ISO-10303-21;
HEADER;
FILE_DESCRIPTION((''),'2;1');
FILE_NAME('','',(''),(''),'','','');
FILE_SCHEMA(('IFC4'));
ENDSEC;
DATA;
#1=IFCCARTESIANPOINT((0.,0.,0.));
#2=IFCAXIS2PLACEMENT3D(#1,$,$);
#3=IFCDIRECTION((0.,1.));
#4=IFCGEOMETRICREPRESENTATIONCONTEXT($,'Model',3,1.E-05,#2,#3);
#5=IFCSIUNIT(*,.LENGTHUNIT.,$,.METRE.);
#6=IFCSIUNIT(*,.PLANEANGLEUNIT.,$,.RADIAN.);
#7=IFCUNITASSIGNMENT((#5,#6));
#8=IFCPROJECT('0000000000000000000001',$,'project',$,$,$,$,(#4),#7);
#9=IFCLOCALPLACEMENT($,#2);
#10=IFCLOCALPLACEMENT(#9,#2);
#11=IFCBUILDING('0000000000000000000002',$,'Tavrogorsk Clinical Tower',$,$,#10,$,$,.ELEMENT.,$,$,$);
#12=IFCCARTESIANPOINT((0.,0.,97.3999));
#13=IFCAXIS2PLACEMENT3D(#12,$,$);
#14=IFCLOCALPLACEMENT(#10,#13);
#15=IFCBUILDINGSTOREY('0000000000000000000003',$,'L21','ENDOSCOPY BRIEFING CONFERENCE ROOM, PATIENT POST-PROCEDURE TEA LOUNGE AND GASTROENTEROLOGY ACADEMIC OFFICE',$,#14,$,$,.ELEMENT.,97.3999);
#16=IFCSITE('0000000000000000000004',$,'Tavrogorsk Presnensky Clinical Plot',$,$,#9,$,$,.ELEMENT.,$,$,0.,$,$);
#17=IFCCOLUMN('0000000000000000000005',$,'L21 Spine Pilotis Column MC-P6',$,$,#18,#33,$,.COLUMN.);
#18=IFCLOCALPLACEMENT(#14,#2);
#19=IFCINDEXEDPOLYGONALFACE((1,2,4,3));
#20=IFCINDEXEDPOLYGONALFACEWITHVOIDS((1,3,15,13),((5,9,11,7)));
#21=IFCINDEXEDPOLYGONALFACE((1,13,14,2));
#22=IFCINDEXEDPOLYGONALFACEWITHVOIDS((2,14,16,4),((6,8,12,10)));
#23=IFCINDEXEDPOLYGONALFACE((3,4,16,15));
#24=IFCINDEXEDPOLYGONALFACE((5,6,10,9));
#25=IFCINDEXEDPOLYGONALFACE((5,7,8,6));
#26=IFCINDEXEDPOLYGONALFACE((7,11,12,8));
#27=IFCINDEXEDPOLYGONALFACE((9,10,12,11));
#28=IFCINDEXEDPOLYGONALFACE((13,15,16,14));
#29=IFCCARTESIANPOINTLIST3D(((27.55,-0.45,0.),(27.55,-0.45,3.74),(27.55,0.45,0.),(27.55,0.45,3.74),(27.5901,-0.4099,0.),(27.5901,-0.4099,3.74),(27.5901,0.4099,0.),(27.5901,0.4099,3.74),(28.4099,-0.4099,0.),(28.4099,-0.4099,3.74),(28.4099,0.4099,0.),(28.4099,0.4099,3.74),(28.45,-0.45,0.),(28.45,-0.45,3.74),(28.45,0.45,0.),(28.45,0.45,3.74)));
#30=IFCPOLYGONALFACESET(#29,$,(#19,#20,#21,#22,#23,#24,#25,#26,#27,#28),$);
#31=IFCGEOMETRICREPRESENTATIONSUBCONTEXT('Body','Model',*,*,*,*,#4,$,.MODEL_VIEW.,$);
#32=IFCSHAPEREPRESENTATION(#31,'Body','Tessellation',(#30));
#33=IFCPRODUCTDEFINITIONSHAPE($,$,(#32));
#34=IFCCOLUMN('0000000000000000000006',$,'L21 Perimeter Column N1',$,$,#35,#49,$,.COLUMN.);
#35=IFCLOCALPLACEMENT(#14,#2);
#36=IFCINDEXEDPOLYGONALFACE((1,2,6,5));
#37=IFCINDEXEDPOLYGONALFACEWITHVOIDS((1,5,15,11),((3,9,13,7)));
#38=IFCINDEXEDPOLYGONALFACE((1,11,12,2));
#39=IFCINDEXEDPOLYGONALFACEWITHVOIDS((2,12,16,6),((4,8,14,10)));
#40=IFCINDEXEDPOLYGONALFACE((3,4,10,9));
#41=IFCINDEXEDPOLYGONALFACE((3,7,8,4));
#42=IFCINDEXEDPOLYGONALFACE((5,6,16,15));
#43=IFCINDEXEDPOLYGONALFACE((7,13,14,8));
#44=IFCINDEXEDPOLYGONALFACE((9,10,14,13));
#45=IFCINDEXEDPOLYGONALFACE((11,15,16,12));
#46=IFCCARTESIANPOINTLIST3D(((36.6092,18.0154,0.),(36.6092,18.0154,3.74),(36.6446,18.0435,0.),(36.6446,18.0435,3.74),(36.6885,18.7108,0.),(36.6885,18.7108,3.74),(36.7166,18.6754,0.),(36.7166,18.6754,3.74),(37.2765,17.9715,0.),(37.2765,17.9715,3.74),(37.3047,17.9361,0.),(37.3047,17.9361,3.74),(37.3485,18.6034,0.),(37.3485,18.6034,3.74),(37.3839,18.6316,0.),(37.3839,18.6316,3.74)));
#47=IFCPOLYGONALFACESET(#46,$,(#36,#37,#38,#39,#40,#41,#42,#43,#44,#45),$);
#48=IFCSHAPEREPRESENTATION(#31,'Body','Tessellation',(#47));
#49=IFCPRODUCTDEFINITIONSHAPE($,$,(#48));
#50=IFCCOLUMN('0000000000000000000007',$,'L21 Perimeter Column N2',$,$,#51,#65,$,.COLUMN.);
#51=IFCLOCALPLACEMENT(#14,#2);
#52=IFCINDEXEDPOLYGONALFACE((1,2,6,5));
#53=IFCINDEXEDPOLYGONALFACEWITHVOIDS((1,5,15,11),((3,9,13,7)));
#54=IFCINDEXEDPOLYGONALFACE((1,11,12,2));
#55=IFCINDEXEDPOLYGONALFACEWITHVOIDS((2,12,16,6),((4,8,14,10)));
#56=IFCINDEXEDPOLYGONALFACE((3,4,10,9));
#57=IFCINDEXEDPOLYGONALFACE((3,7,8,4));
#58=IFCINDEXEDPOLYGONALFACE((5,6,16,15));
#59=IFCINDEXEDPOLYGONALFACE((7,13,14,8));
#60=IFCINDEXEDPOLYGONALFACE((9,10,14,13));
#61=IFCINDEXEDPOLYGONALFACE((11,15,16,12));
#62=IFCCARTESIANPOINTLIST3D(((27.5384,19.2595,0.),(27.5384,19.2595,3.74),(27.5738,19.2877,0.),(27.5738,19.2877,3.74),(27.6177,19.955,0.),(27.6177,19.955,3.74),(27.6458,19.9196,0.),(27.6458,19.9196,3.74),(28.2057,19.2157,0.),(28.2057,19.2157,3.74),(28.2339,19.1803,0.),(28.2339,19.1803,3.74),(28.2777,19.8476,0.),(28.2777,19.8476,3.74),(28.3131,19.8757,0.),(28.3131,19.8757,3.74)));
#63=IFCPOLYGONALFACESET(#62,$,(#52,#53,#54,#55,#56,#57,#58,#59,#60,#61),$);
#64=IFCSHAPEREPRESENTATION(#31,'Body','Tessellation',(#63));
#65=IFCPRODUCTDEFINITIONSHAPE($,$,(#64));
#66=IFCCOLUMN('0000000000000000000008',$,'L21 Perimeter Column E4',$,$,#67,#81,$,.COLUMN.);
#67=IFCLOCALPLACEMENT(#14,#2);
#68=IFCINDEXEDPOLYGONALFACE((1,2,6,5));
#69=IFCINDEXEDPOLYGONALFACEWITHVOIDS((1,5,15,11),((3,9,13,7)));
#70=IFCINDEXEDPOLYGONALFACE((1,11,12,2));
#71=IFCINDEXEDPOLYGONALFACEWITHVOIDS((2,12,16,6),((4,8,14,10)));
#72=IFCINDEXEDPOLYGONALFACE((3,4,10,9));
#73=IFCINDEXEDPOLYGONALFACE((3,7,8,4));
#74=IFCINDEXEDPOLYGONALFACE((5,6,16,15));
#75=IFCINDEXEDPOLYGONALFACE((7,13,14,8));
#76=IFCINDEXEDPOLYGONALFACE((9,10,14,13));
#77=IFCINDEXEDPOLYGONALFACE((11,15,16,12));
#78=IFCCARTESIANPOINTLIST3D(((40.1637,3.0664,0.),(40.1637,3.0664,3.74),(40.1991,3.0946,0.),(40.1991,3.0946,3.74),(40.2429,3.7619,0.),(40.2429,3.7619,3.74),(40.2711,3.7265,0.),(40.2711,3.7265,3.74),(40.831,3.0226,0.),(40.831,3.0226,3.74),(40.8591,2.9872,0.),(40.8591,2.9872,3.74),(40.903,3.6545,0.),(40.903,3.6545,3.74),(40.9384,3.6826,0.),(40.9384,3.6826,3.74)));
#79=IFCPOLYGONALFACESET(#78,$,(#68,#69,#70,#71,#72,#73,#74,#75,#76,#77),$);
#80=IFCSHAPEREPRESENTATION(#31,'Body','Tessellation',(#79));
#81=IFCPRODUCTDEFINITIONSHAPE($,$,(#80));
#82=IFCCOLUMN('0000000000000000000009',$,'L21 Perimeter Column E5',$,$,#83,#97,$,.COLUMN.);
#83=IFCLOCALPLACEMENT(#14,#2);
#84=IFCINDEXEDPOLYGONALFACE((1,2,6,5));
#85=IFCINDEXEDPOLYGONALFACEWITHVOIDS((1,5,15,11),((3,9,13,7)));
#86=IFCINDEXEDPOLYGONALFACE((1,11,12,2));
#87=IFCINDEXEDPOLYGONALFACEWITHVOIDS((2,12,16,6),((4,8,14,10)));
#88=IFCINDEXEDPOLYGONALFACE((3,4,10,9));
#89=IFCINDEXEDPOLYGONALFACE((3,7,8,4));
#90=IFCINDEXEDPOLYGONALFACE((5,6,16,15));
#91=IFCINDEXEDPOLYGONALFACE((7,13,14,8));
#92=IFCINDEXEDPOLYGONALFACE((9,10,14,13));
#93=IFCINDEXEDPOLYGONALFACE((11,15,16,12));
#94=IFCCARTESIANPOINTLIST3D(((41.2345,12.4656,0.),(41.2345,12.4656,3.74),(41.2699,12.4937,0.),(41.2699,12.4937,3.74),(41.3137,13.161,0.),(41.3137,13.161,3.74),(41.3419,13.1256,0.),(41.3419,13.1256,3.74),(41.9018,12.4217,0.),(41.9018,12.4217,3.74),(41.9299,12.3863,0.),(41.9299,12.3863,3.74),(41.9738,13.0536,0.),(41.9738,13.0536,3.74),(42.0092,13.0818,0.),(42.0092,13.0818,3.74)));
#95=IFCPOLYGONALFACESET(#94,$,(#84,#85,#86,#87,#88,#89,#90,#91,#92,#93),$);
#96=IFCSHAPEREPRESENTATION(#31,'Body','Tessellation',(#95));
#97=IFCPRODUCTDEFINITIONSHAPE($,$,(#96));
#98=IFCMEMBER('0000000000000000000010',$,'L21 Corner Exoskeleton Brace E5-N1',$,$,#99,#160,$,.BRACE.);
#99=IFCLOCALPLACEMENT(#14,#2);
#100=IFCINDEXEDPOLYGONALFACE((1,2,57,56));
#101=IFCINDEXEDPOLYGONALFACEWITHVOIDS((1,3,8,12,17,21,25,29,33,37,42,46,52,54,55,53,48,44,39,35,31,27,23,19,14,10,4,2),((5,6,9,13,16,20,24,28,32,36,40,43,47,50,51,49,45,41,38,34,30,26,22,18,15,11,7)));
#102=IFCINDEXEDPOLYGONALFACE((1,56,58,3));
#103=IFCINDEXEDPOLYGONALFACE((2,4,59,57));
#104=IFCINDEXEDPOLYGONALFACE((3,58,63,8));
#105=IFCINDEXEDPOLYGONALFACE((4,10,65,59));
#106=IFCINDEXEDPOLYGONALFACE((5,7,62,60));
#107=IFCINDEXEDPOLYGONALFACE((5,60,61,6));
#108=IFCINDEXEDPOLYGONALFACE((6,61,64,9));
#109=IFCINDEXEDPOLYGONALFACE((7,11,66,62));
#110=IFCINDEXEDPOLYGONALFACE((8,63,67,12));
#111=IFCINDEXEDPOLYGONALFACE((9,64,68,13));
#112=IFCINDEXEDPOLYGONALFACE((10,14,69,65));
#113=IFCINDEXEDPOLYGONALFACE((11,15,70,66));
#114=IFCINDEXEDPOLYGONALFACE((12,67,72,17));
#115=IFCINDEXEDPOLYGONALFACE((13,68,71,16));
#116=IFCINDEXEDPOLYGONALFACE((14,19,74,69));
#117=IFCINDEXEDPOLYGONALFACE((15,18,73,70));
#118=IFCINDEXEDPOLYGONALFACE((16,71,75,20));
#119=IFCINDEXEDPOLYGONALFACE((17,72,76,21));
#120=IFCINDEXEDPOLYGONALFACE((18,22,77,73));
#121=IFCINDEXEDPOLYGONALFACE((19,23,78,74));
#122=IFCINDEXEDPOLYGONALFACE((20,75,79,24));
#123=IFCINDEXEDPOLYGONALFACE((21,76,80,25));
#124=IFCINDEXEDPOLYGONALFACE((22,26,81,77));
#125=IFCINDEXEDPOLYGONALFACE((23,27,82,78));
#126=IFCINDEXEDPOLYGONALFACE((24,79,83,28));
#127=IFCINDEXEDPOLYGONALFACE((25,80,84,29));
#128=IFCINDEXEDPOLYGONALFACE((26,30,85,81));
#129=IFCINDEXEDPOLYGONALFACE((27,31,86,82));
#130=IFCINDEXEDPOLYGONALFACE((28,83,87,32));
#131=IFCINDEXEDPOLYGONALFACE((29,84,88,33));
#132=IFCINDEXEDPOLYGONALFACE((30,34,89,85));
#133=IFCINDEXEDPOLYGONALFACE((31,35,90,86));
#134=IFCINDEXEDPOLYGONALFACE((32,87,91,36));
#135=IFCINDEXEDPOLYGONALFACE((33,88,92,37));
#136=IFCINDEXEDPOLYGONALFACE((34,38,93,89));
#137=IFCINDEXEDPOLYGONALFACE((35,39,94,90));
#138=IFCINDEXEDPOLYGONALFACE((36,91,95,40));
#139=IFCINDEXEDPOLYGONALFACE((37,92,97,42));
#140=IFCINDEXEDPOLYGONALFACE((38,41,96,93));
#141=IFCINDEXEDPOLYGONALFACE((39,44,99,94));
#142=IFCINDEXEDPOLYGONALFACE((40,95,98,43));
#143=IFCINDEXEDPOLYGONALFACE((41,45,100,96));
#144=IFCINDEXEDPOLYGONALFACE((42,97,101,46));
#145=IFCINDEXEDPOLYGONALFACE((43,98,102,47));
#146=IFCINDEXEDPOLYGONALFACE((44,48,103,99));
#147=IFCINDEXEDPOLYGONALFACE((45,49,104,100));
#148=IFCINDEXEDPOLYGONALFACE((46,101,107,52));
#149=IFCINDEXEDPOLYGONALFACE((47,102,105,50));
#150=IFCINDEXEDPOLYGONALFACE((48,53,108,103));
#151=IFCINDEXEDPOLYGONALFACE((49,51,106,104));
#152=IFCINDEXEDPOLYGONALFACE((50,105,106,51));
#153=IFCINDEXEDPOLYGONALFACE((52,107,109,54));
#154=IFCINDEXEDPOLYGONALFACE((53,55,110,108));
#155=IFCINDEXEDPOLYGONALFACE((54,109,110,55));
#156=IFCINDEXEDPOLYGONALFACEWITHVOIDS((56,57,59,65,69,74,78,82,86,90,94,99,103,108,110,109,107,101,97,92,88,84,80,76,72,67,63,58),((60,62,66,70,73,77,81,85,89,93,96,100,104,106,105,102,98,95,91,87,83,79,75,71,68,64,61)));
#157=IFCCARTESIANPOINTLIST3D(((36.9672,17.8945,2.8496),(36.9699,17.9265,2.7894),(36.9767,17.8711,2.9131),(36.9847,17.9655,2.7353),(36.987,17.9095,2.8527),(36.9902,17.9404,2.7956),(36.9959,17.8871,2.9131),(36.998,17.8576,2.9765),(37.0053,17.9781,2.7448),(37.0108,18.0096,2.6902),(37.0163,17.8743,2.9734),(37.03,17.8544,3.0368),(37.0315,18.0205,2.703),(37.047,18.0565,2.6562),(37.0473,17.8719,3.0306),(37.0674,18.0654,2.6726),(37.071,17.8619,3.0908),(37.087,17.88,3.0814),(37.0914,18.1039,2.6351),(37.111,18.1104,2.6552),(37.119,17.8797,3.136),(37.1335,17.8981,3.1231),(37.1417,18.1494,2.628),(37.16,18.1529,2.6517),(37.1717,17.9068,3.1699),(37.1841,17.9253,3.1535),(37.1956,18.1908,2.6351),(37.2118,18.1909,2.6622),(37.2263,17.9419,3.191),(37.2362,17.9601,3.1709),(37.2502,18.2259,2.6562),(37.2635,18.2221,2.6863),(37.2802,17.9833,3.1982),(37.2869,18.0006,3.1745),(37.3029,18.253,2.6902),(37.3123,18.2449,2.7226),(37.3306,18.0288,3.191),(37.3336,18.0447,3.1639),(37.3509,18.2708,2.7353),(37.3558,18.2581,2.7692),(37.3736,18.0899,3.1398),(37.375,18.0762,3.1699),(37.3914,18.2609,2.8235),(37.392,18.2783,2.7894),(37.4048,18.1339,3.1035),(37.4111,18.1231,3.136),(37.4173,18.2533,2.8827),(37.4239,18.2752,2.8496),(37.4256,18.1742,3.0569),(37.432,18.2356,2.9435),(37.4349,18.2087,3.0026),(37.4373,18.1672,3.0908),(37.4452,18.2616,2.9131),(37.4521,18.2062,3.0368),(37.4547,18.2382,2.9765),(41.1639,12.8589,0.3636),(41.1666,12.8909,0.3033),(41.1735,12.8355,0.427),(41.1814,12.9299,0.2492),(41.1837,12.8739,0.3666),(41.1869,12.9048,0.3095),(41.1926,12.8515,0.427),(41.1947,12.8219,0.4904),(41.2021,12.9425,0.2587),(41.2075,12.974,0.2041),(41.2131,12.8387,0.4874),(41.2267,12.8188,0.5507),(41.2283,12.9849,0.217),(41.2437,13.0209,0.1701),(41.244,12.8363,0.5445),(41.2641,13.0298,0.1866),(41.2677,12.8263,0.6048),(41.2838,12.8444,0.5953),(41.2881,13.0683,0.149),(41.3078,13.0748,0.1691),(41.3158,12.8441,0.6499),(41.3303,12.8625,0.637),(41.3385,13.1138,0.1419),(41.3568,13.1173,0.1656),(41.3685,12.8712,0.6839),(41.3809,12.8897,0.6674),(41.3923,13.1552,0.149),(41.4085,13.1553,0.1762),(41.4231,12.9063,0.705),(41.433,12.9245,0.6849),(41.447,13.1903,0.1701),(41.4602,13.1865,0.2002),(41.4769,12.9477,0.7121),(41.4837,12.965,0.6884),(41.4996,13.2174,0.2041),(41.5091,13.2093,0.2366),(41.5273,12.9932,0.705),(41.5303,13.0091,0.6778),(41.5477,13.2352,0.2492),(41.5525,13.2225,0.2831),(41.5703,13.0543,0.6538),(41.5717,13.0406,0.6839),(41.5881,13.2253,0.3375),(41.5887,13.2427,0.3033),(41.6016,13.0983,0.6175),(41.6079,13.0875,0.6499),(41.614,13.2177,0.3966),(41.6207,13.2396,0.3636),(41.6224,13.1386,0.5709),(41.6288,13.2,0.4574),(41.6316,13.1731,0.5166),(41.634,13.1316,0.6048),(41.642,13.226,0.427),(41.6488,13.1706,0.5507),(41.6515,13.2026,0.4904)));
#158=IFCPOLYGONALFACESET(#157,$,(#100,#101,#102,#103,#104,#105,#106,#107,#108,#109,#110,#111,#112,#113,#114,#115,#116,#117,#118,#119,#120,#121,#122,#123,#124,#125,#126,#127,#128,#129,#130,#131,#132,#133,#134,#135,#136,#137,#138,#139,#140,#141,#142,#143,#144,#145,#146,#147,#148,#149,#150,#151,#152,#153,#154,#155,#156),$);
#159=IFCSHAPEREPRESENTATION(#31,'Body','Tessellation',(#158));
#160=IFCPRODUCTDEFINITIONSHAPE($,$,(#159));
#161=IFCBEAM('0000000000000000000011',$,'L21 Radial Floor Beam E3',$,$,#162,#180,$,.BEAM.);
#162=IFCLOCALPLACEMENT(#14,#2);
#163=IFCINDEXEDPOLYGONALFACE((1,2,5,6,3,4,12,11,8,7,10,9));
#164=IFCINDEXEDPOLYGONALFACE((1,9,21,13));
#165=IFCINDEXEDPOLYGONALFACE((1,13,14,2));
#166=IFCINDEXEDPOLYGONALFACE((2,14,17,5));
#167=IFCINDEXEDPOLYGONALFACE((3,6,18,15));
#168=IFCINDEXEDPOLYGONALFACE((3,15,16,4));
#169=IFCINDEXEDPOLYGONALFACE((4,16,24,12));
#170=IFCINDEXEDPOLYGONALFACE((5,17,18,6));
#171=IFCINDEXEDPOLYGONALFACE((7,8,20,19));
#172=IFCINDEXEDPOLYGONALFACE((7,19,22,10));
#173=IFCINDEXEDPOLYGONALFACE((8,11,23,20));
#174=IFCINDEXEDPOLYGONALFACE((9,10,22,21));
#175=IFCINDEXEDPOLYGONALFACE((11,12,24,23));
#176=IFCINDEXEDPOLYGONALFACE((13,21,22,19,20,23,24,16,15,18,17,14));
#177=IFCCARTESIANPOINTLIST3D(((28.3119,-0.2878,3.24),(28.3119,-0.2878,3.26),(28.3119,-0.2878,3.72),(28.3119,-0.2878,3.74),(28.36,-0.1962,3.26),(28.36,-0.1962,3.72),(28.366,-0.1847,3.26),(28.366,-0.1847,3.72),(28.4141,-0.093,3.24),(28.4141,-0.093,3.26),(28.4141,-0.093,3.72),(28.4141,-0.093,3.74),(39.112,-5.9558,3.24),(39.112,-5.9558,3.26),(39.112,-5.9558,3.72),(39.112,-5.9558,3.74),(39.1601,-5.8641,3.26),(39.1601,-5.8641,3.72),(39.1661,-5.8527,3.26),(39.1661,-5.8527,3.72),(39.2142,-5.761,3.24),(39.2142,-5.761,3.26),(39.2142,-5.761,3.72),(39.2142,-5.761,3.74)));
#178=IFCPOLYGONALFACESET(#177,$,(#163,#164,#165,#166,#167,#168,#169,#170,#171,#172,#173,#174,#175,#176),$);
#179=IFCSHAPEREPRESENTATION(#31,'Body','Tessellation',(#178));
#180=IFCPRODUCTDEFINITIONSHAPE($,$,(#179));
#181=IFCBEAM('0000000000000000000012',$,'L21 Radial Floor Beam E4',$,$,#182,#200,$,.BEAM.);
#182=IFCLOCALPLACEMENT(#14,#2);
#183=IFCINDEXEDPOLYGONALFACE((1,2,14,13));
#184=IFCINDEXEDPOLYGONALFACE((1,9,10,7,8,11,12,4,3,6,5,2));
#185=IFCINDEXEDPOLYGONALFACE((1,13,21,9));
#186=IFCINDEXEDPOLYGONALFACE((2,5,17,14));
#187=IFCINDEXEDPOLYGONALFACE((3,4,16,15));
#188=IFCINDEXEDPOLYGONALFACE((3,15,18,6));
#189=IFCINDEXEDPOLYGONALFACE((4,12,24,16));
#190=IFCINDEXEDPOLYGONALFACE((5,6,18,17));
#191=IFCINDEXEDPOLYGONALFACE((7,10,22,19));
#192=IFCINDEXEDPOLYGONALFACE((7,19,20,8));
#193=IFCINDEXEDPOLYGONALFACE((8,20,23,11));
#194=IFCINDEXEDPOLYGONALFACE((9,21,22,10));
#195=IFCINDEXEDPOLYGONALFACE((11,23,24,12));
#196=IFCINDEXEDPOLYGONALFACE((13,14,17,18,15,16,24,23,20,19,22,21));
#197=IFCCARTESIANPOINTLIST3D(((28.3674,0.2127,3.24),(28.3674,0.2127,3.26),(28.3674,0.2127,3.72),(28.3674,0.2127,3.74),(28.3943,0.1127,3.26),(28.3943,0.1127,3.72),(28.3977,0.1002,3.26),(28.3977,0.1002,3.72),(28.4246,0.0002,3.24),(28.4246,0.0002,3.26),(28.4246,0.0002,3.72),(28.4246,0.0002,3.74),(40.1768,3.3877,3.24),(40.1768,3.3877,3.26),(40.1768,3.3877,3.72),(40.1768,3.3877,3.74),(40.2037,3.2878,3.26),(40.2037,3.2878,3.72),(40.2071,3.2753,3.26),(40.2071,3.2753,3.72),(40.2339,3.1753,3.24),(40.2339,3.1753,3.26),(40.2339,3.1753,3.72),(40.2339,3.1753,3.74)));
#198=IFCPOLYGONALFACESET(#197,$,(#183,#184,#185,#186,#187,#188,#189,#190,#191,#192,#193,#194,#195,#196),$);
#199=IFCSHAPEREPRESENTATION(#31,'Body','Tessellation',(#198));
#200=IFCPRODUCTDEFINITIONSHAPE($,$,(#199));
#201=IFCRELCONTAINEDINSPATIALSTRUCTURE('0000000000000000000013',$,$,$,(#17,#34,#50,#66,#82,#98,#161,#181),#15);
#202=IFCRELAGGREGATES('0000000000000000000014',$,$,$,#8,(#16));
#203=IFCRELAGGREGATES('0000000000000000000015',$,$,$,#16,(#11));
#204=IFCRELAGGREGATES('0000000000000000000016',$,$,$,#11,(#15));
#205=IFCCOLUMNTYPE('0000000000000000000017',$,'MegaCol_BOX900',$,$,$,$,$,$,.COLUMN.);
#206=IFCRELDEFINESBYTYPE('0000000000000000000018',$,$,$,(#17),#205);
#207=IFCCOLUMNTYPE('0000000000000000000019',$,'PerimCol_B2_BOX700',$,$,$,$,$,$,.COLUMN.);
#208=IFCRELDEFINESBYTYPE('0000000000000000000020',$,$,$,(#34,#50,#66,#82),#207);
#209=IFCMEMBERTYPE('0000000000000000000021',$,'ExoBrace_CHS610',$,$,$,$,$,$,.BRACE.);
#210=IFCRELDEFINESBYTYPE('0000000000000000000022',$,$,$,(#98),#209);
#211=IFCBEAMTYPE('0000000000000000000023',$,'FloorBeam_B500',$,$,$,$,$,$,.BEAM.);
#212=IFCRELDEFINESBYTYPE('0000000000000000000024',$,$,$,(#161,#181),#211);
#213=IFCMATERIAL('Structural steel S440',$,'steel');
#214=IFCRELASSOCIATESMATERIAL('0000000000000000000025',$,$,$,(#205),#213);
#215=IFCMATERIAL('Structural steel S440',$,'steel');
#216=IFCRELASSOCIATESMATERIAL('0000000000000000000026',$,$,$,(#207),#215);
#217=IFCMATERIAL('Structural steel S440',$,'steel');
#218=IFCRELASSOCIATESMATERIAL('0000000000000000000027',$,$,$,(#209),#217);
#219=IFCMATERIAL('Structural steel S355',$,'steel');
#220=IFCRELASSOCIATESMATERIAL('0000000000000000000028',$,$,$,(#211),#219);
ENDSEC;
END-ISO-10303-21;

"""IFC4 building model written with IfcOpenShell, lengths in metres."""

from ifc_helpers import new_model, si_unit, direction, frame, origin, origin_2d, place, context, subcontext, project, spatial, hollow_rectangle, hollow_circle, i_section, extrude, material, material_profile, profile_set, type_object, element, save


model = new_model("IFC4")

# Units and contexts
model_context = context("Model", 3, precision=1e-05, world=origin(), true_north=direction((0.0, 1.0)))
body_context = subcontext(model_context, "Body", "Model", "MODEL_VIEW")
ifc_project = project(units=[si_unit("LENGTHUNIT", "METRE"), si_unit("PLANEANGLEUNIT", "RADIAN")], contexts=[model_context])

# Site, building, storey
site_placement = place(None, origin())
site = spatial("IfcSite", under=ifc_project, at=site_placement, Name="Tavrogorsk Presnensky Clinical Plot", CompositionType="ELEMENT", RefElevation=0.0)
building_placement = place(site_placement, origin())
building = spatial("IfcBuilding", under=site, at=building_placement, Name="Tavrogorsk Clinical Tower", CompositionType="ELEMENT")
storey_placement = place(building_placement, frame((0.0, 0.0, 97.3999)))
storey = spatial("IfcBuildingStorey", under=building, at=storey_placement, Name="L21", Description="ENDOSCOPY BRIEFING CONFERENCE ROOM, PATIENT POST-PROCEDURE TEA LOUNGE AND GASTROENTEROLOGY ACADEMIC OFFICE", CompositionType="ELEMENT", Elevation=97.3999)

# Columns
ifc_material_1 = material(Name="Structural steel S440", Category="steel")
ifc_material_profile_1 = material_profile(ifc_material_1, hollow_rectangle(XDim=0.8999, YDim=0.8999, WallThickness=0.04, at=origin_2d()), Name="BOX-900x900x40")
ifc_profile_set_1 = profile_set([ifc_material_profile_1], Name="Structural steel S440")
column_type_1 = type_object("IfcColumnType", Name="MegaCol_BOX900", PredefinedType="COLUMN", material=ifc_profile_set_1)
column_placement = place(storey_placement, frame((28.0, 0.0, 0.0), z_axis=(0.0, 0.0, 1.0), x_axis=(1.0, 0.0, 0.0)))
element("IfcColumn", 1, at=column_placement, inside=storey, type_object=column_type_1, Name="L21 Spine Pilotis Column MC-P6", PredefinedType="COLUMN", context=body_context, shape_type="SweptSolid", body=[
    extrude(hollow_rectangle(XDim=0.8999, YDim=0.8999, WallThickness=0.04, at=origin_2d()), origin(), (0.0, 0.0, 1.0), 3.74),
])
ifc_material_2 = material(Name="Structural steel S440", Category="steel")
ifc_material_profile_2 = material_profile(ifc_material_2, hollow_rectangle(XDim=0.7, YDim=0.7, WallThickness=0.032, at=origin_2d()), Name="BOX-700x700x32")
ifc_profile_set_2 = profile_set([ifc_material_profile_2], Name="Structural steel S440")
column_type_2 = type_object("IfcColumnType", Name="PerimCol_B2_BOX700", PredefinedType="COLUMN", material=ifc_profile_set_2)
for number, where, z_axis, x_axis, name in (
    (2, (36.9966, 18.3235, 0.0), (0.0, 0.0, 1.0), (0.993572, -0.113203, 0.0), "L21 Perimeter Column N1"),
    (3, (27.9258, 19.5676, 0.0), (0.0, 0.0, 1.0), (0.993572, -0.113203, 0.0), "L21 Perimeter Column N2"),
    (4, (40.551, 3.3745, 0.0), (0.0, 0.0, 1.0), (0.993572, -0.113203, 0.0), "L21 Perimeter Column E4"),
    (5, (41.6218, 12.7737, 0.0), (0.0, 0.0, 1.0), (0.993572, -0.113203, 0.0), "L21 Perimeter Column E5"),
):
    element("IfcColumn", number, at=place(storey_placement, frame(where, z_axis=z_axis, x_axis=x_axis)), inside=storey, type_object=column_type_2, Name=name, PredefinedType="COLUMN", context=body_context, shape_type="SweptSolid", body=[
        extrude(hollow_rectangle(XDim=0.7, YDim=0.7, WallThickness=0.032, at=origin_2d()), origin(), (0.0, 0.0, 1.0), 3.74),
    ])

# Member
ifc_material_3 = material(Name="Structural steel S440", Category="steel")
ifc_material_profile_3 = material_profile(ifc_material_3, hollow_circle(Radius=0.3049, WallThickness=0.0249, at=origin_2d()), Name="CHS-610x25")
ifc_profile_set_3 = profile_set([ifc_material_profile_3], Name="Structural steel S440")
member_type_1 = type_object("IfcMemberType", Name="ExoBrace_CHS610", PredefinedType="BRACE", material=ifc_profile_set_3)
member_placement = place(storey_placement, frame((41.4077, 13.0308, 0.427), z_axis=(-0.598616, 0.71827, 0.354608), x_axis=(-0.768191, -0.640221, 0.0)))
element("IfcMember", 6, at=member_placement, inside=storey, type_object=member_type_1, Name="L21 Corner Exoskeleton Brace E5-N1", PredefinedType="BRACE", context=body_context, shape_type="SweptSolid", body=[
    extrude(hollow_circle(Radius=0.3049, WallThickness=0.0249, at=origin_2d()), origin(), (0.0, 0.0, 1.0), 7.0107),
])

# Beams
ifc_material_4 = material(Name="Structural steel S355", Category="steel")
ifc_material_profile_4 = material_profile(ifc_material_4, i_section(OverallWidth=0.22, OverallDepth=0.5, WebThickness=0.0129, FlangeThickness=0.02, at=origin_2d()), Name="B-500x220x13x20")
ifc_profile_set_4 = profile_set([ifc_material_profile_4], Name="Structural steel S355")
beam_type_1 = type_object("IfcBeamType", Name="FloorBeam_B500", PredefinedType="BEAM", material=ifc_profile_set_4)
beam_1_placement = place(storey_placement, frame((28.363, -0.1904, 3.49), z_axis=(0.885467, -0.464702, 0.0), x_axis=(0.464702, 0.885467, 0.0)))
element("IfcBeam", 7, at=beam_1_placement, inside=storey, type_object=beam_type_1, Name="L21 Radial Floor Beam E3", PredefinedType="BEAM", context=body_context, shape_type="SweptSolid", body=[
    extrude(i_section(OverallWidth=0.22, OverallDepth=0.5, WebThickness=0.0129, FlangeThickness=0.02, at=origin_2d()), origin(), (0.0, 0.0, 1.0), 12.197),
])
beam_2_placement = place(storey_placement, frame((28.396, 0.1064, 3.49), z_axis=(0.965706, 0.259639, 0.0), x_axis=(-0.259639, 0.965706, 0.0)))
element("IfcBeam", 8, at=beam_2_placement, inside=storey, type_object=beam_type_1, Name="L21 Radial Floor Beam E4", PredefinedType="BEAM", context=body_context, shape_type="SweptSolid", body=[
    extrude(i_section(OverallWidth=0.22, OverallDepth=0.5, WebThickness=0.0129, FlangeThickness=0.02, at=origin_2d()), origin(), (0.0, 0.0, 1.0), 12.2288),
])

save(model, "model.ifc")
